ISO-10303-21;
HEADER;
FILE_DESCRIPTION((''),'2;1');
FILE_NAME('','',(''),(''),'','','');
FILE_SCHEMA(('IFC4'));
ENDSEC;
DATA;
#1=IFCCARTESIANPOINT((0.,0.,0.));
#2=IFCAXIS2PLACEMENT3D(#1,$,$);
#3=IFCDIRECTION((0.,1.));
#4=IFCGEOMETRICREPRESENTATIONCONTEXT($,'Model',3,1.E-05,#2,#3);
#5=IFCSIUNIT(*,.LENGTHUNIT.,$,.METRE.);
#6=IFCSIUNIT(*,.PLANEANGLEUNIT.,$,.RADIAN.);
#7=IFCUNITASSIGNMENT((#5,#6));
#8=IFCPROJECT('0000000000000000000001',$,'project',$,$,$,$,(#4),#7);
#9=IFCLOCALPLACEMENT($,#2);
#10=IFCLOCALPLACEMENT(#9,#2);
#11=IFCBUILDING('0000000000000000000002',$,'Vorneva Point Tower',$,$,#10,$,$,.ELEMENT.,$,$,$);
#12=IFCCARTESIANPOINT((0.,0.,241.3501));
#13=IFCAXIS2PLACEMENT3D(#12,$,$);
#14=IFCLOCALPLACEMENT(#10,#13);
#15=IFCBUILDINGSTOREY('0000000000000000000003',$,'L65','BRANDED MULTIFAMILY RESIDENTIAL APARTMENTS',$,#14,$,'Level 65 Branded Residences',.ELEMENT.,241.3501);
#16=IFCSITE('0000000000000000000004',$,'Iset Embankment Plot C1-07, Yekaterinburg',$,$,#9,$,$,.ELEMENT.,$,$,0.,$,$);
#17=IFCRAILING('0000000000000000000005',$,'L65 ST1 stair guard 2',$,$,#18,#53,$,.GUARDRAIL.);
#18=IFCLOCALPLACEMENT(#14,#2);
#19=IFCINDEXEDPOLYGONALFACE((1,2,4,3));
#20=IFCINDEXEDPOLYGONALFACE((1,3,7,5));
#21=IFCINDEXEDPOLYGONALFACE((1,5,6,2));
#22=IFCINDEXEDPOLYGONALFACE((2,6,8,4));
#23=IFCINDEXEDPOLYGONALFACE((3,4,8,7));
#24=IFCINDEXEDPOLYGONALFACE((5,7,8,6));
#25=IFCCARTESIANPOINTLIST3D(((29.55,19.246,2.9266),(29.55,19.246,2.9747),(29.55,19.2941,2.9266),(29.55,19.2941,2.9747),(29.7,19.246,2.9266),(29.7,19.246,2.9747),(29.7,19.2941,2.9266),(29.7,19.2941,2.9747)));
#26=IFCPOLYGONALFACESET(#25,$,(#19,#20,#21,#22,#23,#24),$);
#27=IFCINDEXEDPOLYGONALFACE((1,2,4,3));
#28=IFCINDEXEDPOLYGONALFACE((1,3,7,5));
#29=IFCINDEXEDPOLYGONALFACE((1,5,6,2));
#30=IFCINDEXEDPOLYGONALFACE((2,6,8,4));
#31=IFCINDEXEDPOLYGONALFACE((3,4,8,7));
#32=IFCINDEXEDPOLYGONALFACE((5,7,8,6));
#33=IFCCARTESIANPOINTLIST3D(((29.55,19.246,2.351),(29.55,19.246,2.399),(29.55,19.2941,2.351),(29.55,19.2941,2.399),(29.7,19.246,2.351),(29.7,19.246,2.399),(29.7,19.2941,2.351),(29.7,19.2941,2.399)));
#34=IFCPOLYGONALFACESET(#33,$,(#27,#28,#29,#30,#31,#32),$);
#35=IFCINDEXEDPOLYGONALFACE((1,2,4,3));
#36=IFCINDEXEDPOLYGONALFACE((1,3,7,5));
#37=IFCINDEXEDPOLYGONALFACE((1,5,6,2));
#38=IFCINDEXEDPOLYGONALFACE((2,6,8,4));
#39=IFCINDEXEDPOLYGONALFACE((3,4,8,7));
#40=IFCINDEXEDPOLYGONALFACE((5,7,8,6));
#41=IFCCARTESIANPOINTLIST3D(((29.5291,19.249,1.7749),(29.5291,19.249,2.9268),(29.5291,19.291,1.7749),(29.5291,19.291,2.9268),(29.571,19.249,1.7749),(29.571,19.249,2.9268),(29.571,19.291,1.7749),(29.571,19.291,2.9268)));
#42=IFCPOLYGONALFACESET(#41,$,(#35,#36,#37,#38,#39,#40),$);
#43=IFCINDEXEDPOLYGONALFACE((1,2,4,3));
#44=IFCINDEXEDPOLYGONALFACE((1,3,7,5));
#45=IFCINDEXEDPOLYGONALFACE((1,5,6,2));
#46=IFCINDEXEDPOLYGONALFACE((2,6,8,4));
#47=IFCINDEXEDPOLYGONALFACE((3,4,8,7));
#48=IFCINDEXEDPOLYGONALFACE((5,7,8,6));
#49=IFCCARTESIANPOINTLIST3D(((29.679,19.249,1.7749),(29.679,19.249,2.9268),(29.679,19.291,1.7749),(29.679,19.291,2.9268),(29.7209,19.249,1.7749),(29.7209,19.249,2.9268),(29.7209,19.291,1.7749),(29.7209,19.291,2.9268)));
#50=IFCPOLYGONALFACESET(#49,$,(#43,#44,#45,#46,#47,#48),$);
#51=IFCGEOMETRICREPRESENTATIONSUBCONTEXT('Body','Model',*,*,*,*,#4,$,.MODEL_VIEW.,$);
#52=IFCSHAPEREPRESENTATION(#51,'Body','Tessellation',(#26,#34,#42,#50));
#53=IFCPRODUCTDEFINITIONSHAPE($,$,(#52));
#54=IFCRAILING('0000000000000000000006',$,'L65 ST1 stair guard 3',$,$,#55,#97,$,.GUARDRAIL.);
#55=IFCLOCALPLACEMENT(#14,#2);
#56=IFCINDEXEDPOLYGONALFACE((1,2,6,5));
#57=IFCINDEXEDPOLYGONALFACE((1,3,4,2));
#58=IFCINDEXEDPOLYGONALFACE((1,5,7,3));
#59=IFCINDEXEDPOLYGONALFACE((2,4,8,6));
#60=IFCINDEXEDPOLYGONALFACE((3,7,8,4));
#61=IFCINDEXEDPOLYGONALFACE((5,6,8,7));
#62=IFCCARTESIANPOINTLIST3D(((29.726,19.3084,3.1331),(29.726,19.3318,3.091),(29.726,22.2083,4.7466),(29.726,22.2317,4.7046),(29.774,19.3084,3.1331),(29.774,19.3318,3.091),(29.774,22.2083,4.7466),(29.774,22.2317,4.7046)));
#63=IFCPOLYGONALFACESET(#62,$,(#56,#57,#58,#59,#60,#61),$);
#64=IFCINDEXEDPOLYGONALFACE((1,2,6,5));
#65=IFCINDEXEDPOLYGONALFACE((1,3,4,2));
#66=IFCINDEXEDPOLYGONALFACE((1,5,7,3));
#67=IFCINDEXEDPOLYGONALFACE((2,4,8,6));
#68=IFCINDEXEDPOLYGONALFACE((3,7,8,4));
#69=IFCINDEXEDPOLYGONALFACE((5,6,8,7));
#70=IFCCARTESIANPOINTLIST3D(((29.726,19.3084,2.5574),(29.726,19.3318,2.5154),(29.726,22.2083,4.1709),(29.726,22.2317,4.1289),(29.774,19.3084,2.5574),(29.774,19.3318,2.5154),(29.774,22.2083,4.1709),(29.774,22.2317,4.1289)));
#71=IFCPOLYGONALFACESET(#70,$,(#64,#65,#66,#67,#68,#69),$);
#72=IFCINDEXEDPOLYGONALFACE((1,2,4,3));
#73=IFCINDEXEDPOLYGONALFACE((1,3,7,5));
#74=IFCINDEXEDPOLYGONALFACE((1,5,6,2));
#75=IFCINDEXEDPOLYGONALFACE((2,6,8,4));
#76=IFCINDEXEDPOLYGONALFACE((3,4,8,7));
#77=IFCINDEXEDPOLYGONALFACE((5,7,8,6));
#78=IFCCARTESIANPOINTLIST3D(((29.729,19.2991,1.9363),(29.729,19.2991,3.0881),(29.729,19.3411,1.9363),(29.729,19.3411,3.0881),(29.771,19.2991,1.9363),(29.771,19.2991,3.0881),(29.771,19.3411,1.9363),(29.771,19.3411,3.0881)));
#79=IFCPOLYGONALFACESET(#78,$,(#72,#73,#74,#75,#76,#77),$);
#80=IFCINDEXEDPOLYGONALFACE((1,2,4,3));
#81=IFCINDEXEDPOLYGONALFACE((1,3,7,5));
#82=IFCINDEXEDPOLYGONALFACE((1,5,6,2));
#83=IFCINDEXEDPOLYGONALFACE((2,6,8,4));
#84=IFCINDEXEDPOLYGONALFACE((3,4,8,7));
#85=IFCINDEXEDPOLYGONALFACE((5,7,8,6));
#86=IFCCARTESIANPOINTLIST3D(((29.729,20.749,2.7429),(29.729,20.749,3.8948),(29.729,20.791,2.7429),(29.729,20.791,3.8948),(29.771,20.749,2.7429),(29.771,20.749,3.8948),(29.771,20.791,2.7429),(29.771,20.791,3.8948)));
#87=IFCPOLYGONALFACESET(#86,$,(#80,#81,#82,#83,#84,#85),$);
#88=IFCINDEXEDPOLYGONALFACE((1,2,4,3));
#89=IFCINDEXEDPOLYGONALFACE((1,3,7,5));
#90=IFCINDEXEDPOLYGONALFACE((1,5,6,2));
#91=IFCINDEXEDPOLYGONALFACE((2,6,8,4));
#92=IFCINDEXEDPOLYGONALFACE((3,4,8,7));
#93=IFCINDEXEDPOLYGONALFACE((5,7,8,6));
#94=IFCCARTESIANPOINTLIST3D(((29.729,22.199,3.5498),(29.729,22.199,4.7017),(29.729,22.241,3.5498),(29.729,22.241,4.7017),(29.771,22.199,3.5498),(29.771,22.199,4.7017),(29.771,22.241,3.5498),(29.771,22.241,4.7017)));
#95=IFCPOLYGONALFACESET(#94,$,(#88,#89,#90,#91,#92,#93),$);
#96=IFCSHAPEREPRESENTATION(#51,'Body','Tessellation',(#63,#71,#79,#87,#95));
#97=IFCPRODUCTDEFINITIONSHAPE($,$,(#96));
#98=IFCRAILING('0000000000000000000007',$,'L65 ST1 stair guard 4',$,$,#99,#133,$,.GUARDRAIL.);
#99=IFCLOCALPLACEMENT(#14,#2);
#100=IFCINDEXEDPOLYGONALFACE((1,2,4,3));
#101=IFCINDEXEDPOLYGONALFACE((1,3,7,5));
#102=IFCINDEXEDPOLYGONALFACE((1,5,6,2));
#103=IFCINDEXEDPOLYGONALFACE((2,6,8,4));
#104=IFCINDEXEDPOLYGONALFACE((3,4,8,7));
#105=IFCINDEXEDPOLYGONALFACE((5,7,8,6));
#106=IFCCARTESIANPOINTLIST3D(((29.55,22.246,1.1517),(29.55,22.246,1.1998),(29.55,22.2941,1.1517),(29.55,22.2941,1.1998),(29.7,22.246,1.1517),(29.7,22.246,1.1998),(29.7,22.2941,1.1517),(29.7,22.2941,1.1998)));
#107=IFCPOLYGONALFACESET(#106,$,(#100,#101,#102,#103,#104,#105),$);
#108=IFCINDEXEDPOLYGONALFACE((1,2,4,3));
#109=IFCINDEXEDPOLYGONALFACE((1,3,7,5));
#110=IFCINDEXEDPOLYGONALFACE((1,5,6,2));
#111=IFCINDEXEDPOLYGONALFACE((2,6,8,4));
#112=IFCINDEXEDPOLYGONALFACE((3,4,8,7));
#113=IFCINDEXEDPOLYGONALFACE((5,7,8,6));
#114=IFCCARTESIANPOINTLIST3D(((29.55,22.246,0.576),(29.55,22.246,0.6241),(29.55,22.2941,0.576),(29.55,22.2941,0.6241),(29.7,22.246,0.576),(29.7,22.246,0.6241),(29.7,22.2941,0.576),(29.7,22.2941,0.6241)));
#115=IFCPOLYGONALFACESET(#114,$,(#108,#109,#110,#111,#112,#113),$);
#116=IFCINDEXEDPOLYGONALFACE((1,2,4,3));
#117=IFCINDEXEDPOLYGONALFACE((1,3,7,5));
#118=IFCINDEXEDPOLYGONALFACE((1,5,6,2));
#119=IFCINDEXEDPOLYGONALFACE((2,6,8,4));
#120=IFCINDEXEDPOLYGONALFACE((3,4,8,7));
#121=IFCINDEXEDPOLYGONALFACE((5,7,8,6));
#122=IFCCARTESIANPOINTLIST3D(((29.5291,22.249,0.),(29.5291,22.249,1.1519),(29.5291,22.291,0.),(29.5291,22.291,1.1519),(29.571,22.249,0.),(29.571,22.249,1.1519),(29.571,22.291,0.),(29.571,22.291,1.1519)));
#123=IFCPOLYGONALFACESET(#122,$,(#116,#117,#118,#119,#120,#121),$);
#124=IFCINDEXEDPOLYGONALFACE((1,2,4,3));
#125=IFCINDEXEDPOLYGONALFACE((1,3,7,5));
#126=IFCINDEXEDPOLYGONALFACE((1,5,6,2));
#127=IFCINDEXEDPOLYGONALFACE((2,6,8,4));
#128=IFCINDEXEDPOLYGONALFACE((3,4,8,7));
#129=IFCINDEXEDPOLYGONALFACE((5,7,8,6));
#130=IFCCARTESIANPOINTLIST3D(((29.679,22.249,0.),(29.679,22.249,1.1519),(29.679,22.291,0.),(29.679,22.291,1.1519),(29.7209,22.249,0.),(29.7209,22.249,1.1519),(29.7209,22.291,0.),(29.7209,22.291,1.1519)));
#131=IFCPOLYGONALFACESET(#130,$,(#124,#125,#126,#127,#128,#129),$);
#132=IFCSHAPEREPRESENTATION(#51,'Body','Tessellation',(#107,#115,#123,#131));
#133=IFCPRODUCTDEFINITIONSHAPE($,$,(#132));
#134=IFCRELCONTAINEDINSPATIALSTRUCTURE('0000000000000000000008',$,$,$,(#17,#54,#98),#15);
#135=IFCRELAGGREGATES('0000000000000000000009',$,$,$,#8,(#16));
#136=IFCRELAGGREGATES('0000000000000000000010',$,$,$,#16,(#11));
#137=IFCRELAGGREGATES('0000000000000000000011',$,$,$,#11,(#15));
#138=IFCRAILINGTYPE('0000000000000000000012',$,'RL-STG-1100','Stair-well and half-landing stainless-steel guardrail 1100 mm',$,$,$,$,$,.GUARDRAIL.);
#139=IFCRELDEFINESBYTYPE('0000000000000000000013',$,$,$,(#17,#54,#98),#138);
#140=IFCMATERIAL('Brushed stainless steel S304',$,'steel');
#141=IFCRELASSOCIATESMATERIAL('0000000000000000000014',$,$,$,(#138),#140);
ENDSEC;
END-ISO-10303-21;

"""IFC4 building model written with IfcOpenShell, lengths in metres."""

from ifc_helpers import new_model, si_unit, direction, frame, origin, origin_2d, place, context, subcontext, project, spatial, rectangle, extrude, material, type_object, element, save


model = new_model("IFC4")

# Units and contexts
model_context = context("Model", 3, precision=1e-05, world=origin(), true_north=direction((0.0, 1.0)))
body_context = subcontext(model_context, "Body", "Model", "MODEL_VIEW")
ifc_project = project(units=[si_unit("LENGTHUNIT", "METRE"), si_unit("PLANEANGLEUNIT", "RADIAN")], contexts=[model_context])

# Site, building, storey
site_placement = place(None, origin())
site = spatial("IfcSite", under=ifc_project, at=site_placement, Name="Iset Embankment Plot C1-07, Yekaterinburg", CompositionType="ELEMENT", RefElevation=0.0)
building_placement = place(site_placement, origin())
building = spatial("IfcBuilding", under=site, at=building_placement, Name="Vorneva Point Tower", CompositionType="ELEMENT")
storey_placement = place(building_placement, frame((0.0, 0.0, 241.3501)))
storey = spatial("IfcBuildingStorey", under=building, at=storey_placement, Name="L65", Description="BRANDED MULTIFAMILY RESIDENTIAL APARTMENTS", LongName="Level 65 Branded Residences", CompositionType="ELEMENT", Elevation=241.3501)

# Railings
ifc_material_1 = material(Name="Brushed stainless steel S304", Category="steel")
railing_type_1 = type_object("IfcRailingType", Name="RL-STG-1100", Description="Stair-well and half-landing stainless-steel guardrail 1100 mm", PredefinedType="GUARDRAIL", material=ifc_material_1)
railing_1_placement = place(storey_placement, frame((29.55, 19.27, 1.7749)))
element("IfcRailing", 1, at=railing_1_placement, inside=storey, type_object=railing_type_1, Name="L65 ST1 stair guard 2", PredefinedType="GUARDRAIL", context=body_context, shape_type="SweptSolid", body=[
    extrude(rectangle(XDim=0.0481, YDim=0.0481, at=origin_2d()), frame((0.0, 0.0, 1.1758), z_axis=(1.0, 0.0, 0.0), x_axis=(0.0, 1.0, 0.0)), (0.0, 0.0, 1.0), 0.1499),
    extrude(rectangle(XDim=0.0481, YDim=0.0481, at=origin_2d()), frame((0.0, 0.0, 0.6001), z_axis=(1.0, 0.0, 0.0), x_axis=(0.0, 1.0, 0.0)), (0.0, 0.0, 1.0), 0.1499),
    extrude(rectangle(XDim=0.042, YDim=0.042, at=origin_2d()), origin(), (0.0, 0.0, 1.0), 1.1519),
    extrude(rectangle(XDim=0.042, YDim=0.042, at=origin_2d()), frame((0.1499, 0.0, 0.0)), (0.0, 0.0, 1.0), 1.1519),
])
railing_2_placement = place(storey_placement, frame((29.75, 19.3201, 1.9363)))
element("IfcRailing", 2, at=railing_2_placement, inside=storey, type_object=railing_type_1, Name="L65 ST1 stair guard 3", PredefinedType="GUARDRAIL", context=body_context, shape_type="SweptSolid", body=[
    extrude(rectangle(XDim=0.0481, YDim=0.0481, at=origin_2d()), frame((0.0, 0.0, 1.1758), z_axis=(0.0, 0.873841, 0.486211), x_axis=(-1.0, 0.0, 0.0)), (0.0, 0.0, 1.0), 3.3186),
    extrude(rectangle(XDim=0.0481, YDim=0.0481, at=origin_2d()), frame((0.0, 0.0, 0.6001), z_axis=(0.0, 0.873841, 0.486211), x_axis=(-1.0, 0.0, 0.0)), (0.0, 0.0, 1.0), 3.3186),
    extrude(rectangle(XDim=0.042, YDim=0.042, at=origin_2d()), origin(), (0.0, 0.0, 1.0), 1.1519),
    extrude(rectangle(XDim=0.042, YDim=0.042, at=origin_2d()), frame((0.0, 1.45, 0.8066)), (0.0, 0.0, 1.0), 1.1519),
    extrude(rectangle(XDim=0.042, YDim=0.042, at=origin_2d()), frame((0.0, 2.8999, 1.6135)), (0.0, 0.0, 1.0), 1.1519),
])
railing_3_placement = place(storey_placement, frame((29.55, 22.27, 0.0)))
element("IfcRailing", 3, at=railing_3_placement, inside=storey, type_object=railing_type_1, Name="L65 ST1 stair guard 4", PredefinedType="GUARDRAIL", context=body_context, shape_type="SweptSolid", body=[
    extrude(rectangle(XDim=0.0481, YDim=0.0481, at=origin_2d()), frame((0.0, 0.0, 1.1758), z_axis=(1.0, 0.0, 0.0), x_axis=(0.0, 1.0, 0.0)), (0.0, 0.0, 1.0), 0.1499),
    extrude(rectangle(XDim=0.0481, YDim=0.0481, at=origin_2d()), frame((0.0, 0.0, 0.6001), z_axis=(1.0, 0.0, 0.0), x_axis=(0.0, 1.0, 0.0)), (0.0, 0.0, 1.0), 0.1499),
    extrude(rectangle(XDim=0.042, YDim=0.042, at=origin_2d()), origin(), (0.0, 0.0, 1.0), 1.1519),
    extrude(rectangle(XDim=0.042, YDim=0.042, at=origin_2d()), frame((0.1499, 0.0, 0.0)), (0.0, 0.0, 1.0), 1.1519),
])

save(model, "model.ifc")
